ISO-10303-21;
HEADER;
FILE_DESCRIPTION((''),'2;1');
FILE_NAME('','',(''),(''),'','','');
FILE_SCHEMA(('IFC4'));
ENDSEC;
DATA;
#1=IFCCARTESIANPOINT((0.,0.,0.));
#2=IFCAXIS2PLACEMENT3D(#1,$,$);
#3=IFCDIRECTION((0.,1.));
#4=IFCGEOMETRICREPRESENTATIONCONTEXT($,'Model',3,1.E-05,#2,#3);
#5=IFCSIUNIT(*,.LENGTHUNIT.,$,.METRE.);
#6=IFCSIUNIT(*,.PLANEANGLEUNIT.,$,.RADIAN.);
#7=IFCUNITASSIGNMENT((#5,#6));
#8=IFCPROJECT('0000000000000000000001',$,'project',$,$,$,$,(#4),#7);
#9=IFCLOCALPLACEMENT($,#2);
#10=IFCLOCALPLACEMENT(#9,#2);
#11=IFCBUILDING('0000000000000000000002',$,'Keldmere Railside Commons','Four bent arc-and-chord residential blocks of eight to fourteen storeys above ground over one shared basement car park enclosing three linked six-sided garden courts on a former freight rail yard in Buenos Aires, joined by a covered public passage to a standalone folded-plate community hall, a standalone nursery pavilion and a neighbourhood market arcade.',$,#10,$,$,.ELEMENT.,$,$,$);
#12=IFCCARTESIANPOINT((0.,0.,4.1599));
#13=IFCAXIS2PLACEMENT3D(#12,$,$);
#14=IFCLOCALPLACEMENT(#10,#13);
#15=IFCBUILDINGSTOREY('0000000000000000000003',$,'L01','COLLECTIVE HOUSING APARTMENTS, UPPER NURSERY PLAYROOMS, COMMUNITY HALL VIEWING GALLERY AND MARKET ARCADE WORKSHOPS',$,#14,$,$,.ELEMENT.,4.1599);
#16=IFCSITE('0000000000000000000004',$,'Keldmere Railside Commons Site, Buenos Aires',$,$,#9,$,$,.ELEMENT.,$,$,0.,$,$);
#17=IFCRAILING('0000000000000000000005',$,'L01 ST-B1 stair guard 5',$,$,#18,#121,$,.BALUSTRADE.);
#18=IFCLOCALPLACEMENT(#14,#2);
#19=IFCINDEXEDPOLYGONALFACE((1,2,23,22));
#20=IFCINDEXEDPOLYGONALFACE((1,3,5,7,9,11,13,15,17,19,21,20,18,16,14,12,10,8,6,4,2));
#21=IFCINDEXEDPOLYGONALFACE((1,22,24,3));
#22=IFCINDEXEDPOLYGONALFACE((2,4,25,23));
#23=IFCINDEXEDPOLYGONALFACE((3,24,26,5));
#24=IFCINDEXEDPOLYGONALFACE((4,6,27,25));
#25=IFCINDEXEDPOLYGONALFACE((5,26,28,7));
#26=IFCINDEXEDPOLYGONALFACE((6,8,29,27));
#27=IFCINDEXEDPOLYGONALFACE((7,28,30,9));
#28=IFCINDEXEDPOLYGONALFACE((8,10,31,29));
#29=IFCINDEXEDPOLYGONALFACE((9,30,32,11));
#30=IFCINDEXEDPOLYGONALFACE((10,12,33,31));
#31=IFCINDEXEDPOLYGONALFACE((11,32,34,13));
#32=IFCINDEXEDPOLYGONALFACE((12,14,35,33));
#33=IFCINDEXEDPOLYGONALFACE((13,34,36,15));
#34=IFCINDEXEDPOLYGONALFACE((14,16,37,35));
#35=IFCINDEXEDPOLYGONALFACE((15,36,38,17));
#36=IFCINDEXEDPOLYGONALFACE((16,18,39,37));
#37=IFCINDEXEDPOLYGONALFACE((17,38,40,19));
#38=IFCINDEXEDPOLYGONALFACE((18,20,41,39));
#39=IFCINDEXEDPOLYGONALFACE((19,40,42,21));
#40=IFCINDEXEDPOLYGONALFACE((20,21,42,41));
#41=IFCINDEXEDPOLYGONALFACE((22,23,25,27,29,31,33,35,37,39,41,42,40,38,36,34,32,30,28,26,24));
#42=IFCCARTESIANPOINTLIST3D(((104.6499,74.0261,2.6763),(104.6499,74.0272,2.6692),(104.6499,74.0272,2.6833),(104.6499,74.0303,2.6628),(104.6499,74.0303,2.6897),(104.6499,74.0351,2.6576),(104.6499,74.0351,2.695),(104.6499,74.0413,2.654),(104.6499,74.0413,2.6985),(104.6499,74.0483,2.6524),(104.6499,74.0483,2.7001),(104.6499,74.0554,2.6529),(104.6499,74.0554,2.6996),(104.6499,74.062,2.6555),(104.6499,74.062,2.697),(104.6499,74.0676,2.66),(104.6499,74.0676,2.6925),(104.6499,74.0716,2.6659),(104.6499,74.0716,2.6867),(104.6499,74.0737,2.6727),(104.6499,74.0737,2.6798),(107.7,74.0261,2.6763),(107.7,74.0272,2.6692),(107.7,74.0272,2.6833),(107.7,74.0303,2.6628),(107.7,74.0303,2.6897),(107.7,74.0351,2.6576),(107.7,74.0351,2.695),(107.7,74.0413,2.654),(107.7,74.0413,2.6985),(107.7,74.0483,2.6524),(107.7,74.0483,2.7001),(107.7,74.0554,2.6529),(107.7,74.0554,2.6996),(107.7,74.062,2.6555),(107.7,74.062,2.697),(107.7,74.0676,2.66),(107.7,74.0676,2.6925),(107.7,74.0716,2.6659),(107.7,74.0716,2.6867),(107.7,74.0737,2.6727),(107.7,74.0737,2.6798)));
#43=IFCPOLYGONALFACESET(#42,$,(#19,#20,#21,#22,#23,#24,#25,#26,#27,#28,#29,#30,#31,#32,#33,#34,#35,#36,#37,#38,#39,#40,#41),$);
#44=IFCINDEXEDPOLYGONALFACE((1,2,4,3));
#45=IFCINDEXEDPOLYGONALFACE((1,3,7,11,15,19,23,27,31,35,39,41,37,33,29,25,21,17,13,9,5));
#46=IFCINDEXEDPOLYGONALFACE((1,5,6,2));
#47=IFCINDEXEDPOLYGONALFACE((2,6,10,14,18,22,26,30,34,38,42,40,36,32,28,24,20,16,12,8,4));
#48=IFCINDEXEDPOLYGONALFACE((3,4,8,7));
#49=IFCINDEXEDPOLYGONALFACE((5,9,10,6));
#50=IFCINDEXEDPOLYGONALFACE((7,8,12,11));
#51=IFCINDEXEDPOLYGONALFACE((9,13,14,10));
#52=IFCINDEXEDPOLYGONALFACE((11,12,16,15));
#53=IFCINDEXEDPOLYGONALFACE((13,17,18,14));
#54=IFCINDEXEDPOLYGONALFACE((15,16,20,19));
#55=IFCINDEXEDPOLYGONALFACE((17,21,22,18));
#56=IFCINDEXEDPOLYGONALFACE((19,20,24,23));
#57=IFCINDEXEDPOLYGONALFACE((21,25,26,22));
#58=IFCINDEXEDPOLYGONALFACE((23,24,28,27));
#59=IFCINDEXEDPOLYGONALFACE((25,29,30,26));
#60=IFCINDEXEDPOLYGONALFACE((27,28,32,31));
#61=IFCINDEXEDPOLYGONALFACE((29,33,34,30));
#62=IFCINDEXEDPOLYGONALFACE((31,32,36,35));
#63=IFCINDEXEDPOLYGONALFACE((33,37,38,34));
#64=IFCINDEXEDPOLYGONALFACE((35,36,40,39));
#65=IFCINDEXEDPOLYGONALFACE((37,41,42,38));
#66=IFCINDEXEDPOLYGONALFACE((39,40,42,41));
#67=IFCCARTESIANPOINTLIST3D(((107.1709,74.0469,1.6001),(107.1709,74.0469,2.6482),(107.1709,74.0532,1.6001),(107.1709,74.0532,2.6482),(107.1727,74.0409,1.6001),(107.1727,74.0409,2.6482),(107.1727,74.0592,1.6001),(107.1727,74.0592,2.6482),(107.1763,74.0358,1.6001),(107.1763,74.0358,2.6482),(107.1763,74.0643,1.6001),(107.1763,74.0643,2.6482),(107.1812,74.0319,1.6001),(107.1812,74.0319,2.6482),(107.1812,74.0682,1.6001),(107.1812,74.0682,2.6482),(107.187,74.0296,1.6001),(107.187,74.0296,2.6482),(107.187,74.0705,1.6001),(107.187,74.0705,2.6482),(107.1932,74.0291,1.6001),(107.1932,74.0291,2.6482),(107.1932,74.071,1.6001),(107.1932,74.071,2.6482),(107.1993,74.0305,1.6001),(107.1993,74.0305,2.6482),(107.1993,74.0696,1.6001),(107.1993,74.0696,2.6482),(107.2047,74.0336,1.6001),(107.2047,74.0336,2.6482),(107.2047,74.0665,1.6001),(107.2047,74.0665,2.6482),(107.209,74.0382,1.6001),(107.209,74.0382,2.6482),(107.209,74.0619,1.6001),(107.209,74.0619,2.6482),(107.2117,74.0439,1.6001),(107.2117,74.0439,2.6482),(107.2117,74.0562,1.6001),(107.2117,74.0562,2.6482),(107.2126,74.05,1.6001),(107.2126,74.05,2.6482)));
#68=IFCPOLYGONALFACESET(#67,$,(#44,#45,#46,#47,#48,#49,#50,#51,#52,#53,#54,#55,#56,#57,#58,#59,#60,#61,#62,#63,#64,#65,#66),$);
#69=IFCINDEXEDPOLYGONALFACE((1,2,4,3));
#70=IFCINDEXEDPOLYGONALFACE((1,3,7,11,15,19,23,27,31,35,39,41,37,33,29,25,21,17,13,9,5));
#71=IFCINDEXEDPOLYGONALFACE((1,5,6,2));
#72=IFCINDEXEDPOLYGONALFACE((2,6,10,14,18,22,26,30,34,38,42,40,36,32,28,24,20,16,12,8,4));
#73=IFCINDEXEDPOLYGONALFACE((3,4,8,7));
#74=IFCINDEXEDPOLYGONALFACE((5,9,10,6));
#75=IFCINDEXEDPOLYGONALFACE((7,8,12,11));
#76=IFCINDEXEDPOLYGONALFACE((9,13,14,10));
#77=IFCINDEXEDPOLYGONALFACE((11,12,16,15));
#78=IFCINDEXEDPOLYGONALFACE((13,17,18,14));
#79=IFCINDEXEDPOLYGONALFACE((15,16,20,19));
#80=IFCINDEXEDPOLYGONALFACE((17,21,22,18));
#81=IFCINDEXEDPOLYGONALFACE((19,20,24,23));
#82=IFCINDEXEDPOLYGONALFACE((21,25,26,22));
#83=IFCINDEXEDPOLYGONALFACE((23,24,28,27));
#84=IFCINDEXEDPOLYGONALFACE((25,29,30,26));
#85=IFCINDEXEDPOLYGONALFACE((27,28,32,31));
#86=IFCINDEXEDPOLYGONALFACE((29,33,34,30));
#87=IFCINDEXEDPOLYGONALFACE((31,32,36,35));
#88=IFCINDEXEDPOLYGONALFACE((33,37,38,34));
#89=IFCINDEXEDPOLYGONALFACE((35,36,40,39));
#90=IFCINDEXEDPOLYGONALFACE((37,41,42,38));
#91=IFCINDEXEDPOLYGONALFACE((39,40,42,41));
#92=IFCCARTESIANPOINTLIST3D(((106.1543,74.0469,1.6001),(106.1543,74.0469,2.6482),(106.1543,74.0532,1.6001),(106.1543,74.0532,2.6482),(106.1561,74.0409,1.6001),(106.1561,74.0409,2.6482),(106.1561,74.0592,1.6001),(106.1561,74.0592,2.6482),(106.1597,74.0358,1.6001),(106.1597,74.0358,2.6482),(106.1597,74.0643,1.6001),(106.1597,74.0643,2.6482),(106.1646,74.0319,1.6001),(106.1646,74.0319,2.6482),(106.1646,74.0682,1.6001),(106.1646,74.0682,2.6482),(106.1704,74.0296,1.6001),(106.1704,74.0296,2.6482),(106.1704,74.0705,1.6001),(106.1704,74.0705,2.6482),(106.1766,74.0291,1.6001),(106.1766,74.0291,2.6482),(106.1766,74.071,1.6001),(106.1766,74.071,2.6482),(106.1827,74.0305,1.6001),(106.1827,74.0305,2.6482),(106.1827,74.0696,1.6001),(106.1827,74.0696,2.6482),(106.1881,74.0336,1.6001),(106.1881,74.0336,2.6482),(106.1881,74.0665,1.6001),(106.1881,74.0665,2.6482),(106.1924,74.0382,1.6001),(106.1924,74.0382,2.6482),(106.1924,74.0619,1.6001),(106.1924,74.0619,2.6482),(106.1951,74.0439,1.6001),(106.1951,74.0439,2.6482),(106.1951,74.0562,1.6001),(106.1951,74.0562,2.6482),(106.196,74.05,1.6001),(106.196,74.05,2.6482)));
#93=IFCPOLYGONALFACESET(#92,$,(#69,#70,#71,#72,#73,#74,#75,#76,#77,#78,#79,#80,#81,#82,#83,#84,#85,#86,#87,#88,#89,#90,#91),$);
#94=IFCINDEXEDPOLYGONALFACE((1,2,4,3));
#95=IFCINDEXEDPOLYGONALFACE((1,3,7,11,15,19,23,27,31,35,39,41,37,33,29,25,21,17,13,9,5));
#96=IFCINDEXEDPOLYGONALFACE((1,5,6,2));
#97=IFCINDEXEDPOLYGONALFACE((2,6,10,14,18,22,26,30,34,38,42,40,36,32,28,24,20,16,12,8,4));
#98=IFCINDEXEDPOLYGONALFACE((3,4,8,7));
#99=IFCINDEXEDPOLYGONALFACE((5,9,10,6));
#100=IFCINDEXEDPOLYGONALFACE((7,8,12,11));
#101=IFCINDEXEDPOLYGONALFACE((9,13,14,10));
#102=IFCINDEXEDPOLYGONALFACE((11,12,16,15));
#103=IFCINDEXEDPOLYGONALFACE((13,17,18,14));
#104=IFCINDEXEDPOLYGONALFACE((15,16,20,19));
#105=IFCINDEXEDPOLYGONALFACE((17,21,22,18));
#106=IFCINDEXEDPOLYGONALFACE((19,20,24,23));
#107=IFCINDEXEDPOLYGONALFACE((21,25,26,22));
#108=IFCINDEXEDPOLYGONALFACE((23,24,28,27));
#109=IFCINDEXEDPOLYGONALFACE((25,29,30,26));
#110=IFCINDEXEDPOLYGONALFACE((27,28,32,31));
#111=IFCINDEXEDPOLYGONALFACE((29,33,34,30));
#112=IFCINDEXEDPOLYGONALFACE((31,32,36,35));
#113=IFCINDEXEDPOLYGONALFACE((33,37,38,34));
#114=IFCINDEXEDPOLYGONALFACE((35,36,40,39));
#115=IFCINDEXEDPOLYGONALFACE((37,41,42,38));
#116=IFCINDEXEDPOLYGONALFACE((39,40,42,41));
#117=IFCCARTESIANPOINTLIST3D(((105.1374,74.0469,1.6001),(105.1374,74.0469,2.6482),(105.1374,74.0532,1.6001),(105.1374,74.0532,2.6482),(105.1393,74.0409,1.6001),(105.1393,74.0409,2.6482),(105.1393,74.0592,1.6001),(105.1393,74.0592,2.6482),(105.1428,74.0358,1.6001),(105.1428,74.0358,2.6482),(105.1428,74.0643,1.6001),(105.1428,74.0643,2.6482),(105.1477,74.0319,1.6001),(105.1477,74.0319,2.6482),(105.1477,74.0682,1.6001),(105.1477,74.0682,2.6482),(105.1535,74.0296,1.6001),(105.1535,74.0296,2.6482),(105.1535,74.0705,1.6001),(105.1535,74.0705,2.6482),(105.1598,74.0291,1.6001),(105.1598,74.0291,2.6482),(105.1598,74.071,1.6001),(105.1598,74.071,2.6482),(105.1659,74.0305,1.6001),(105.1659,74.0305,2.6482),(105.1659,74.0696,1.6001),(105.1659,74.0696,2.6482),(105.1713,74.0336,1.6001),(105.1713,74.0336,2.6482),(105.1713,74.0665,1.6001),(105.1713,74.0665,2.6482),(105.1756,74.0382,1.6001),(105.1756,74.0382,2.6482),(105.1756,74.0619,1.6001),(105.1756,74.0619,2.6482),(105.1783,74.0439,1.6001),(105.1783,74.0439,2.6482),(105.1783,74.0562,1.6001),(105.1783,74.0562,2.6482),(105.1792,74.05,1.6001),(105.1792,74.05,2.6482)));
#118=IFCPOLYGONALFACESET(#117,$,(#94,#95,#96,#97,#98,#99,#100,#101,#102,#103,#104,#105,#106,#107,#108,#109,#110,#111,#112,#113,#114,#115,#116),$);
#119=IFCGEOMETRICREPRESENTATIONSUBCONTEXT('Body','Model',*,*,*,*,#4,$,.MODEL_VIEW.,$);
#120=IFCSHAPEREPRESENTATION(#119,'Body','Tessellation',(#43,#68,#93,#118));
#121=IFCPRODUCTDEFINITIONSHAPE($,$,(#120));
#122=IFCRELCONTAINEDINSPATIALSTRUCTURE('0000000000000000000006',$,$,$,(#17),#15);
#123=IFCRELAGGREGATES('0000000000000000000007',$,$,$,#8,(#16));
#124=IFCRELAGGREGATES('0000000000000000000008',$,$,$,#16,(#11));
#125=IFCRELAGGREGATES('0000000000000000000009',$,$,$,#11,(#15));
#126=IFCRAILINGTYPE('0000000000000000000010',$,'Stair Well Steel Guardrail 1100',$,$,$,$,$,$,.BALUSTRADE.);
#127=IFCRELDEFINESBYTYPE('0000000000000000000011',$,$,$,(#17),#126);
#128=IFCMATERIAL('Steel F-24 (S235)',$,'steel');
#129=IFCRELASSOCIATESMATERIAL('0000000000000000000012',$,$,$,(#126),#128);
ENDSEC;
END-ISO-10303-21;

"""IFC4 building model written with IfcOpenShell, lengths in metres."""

from ifc_helpers import new_model, si_unit, direction, frame, origin, origin_2d, place, context, subcontext, project, spatial, circle, extrude, material, type_object, element, save


model = new_model("IFC4")

# Units and contexts
model_context = context("Model", 3, precision=1e-05, world=origin(), true_north=direction((0.0, 1.0)))
body_context = subcontext(model_context, "Body", "Model", "MODEL_VIEW")
ifc_project = project(units=[si_unit("LENGTHUNIT", "METRE"), si_unit("PLANEANGLEUNIT", "RADIAN")], contexts=[model_context])

# Site, building, storey
site_placement = place(None, origin())
site = spatial("IfcSite", under=ifc_project, at=site_placement, Name="Keldmere Railside Commons Site, Buenos Aires", CompositionType="ELEMENT", RefElevation=0.0)
building_placement = place(site_placement, origin())
building = spatial("IfcBuilding", under=site, at=building_placement, Name="Keldmere Railside Commons", Description="Four bent arc-and-chord residential blocks of eight to fourteen storeys above ground over one shared basement car park enclosing three linked six-sided garden courts on a former freight rail yard in Buenos Aires, joined by a covered public passage to a standalone folded-plate community hall, a standalone nursery pavilion and a neighbourhood market arcade.", CompositionType="ELEMENT")
storey_placement = place(building_placement, frame((0.0, 0.0, 4.1599)))
storey = spatial("IfcBuildingStorey", under=building, at=storey_placement, Name="L01", Description="COLLECTIVE HOUSING APARTMENTS, UPPER NURSERY PLAYROOMS, COMMUNITY HALL VIEWING GALLERY AND MARKET ARCADE WORKSHOPS", CompositionType="ELEMENT", Elevation=4.1599)

# Shared definitions
ifc_material_1 = material(Name="Steel F-24 (S235)", Category="steel")

# Railing
railing_type_1 = type_object("IfcRailingType", Name="Stair Well Steel Guardrail 1100", PredefinedType="BALUSTRADE", material=ifc_material_1)
railing_1_placement = place(storey_placement, frame((107.7, 74.05, 1.6001)))
element("IfcRailing", 1, at=railing_1_placement, inside=storey, type_object=railing_type_1, Name="L01 ST-B1 stair guard 5", PredefinedType="BALUSTRADE", context=body_context, shape_type="SweptSolid", body=[
    extrude(circle(Radius=0.0239, at=origin_2d()), frame((0.0, 0.0, 1.0762), z_axis=(-1.0, 0.0, 0.0), x_axis=(0.0, -1.0, 0.0)), (0.0, 0.0, 1.0), 3.05),
    extrude(circle(Radius=0.021, at=origin_2d()), frame((-0.5083, 0.0, 0.0)), (0.0, 0.0, 1.0), 1.0481),
    extrude(circle(Radius=0.021, at=origin_2d()), frame((-1.5249, 0.0, 0.0)), (0.0, 0.0, 1.0), 1.0481),
    extrude(circle(Radius=0.021, at=origin_2d()), frame((-2.5417, 0.0, 0.0)), (0.0, 0.0, 1.0), 1.0481),
])

save(model, "model.ifc")
